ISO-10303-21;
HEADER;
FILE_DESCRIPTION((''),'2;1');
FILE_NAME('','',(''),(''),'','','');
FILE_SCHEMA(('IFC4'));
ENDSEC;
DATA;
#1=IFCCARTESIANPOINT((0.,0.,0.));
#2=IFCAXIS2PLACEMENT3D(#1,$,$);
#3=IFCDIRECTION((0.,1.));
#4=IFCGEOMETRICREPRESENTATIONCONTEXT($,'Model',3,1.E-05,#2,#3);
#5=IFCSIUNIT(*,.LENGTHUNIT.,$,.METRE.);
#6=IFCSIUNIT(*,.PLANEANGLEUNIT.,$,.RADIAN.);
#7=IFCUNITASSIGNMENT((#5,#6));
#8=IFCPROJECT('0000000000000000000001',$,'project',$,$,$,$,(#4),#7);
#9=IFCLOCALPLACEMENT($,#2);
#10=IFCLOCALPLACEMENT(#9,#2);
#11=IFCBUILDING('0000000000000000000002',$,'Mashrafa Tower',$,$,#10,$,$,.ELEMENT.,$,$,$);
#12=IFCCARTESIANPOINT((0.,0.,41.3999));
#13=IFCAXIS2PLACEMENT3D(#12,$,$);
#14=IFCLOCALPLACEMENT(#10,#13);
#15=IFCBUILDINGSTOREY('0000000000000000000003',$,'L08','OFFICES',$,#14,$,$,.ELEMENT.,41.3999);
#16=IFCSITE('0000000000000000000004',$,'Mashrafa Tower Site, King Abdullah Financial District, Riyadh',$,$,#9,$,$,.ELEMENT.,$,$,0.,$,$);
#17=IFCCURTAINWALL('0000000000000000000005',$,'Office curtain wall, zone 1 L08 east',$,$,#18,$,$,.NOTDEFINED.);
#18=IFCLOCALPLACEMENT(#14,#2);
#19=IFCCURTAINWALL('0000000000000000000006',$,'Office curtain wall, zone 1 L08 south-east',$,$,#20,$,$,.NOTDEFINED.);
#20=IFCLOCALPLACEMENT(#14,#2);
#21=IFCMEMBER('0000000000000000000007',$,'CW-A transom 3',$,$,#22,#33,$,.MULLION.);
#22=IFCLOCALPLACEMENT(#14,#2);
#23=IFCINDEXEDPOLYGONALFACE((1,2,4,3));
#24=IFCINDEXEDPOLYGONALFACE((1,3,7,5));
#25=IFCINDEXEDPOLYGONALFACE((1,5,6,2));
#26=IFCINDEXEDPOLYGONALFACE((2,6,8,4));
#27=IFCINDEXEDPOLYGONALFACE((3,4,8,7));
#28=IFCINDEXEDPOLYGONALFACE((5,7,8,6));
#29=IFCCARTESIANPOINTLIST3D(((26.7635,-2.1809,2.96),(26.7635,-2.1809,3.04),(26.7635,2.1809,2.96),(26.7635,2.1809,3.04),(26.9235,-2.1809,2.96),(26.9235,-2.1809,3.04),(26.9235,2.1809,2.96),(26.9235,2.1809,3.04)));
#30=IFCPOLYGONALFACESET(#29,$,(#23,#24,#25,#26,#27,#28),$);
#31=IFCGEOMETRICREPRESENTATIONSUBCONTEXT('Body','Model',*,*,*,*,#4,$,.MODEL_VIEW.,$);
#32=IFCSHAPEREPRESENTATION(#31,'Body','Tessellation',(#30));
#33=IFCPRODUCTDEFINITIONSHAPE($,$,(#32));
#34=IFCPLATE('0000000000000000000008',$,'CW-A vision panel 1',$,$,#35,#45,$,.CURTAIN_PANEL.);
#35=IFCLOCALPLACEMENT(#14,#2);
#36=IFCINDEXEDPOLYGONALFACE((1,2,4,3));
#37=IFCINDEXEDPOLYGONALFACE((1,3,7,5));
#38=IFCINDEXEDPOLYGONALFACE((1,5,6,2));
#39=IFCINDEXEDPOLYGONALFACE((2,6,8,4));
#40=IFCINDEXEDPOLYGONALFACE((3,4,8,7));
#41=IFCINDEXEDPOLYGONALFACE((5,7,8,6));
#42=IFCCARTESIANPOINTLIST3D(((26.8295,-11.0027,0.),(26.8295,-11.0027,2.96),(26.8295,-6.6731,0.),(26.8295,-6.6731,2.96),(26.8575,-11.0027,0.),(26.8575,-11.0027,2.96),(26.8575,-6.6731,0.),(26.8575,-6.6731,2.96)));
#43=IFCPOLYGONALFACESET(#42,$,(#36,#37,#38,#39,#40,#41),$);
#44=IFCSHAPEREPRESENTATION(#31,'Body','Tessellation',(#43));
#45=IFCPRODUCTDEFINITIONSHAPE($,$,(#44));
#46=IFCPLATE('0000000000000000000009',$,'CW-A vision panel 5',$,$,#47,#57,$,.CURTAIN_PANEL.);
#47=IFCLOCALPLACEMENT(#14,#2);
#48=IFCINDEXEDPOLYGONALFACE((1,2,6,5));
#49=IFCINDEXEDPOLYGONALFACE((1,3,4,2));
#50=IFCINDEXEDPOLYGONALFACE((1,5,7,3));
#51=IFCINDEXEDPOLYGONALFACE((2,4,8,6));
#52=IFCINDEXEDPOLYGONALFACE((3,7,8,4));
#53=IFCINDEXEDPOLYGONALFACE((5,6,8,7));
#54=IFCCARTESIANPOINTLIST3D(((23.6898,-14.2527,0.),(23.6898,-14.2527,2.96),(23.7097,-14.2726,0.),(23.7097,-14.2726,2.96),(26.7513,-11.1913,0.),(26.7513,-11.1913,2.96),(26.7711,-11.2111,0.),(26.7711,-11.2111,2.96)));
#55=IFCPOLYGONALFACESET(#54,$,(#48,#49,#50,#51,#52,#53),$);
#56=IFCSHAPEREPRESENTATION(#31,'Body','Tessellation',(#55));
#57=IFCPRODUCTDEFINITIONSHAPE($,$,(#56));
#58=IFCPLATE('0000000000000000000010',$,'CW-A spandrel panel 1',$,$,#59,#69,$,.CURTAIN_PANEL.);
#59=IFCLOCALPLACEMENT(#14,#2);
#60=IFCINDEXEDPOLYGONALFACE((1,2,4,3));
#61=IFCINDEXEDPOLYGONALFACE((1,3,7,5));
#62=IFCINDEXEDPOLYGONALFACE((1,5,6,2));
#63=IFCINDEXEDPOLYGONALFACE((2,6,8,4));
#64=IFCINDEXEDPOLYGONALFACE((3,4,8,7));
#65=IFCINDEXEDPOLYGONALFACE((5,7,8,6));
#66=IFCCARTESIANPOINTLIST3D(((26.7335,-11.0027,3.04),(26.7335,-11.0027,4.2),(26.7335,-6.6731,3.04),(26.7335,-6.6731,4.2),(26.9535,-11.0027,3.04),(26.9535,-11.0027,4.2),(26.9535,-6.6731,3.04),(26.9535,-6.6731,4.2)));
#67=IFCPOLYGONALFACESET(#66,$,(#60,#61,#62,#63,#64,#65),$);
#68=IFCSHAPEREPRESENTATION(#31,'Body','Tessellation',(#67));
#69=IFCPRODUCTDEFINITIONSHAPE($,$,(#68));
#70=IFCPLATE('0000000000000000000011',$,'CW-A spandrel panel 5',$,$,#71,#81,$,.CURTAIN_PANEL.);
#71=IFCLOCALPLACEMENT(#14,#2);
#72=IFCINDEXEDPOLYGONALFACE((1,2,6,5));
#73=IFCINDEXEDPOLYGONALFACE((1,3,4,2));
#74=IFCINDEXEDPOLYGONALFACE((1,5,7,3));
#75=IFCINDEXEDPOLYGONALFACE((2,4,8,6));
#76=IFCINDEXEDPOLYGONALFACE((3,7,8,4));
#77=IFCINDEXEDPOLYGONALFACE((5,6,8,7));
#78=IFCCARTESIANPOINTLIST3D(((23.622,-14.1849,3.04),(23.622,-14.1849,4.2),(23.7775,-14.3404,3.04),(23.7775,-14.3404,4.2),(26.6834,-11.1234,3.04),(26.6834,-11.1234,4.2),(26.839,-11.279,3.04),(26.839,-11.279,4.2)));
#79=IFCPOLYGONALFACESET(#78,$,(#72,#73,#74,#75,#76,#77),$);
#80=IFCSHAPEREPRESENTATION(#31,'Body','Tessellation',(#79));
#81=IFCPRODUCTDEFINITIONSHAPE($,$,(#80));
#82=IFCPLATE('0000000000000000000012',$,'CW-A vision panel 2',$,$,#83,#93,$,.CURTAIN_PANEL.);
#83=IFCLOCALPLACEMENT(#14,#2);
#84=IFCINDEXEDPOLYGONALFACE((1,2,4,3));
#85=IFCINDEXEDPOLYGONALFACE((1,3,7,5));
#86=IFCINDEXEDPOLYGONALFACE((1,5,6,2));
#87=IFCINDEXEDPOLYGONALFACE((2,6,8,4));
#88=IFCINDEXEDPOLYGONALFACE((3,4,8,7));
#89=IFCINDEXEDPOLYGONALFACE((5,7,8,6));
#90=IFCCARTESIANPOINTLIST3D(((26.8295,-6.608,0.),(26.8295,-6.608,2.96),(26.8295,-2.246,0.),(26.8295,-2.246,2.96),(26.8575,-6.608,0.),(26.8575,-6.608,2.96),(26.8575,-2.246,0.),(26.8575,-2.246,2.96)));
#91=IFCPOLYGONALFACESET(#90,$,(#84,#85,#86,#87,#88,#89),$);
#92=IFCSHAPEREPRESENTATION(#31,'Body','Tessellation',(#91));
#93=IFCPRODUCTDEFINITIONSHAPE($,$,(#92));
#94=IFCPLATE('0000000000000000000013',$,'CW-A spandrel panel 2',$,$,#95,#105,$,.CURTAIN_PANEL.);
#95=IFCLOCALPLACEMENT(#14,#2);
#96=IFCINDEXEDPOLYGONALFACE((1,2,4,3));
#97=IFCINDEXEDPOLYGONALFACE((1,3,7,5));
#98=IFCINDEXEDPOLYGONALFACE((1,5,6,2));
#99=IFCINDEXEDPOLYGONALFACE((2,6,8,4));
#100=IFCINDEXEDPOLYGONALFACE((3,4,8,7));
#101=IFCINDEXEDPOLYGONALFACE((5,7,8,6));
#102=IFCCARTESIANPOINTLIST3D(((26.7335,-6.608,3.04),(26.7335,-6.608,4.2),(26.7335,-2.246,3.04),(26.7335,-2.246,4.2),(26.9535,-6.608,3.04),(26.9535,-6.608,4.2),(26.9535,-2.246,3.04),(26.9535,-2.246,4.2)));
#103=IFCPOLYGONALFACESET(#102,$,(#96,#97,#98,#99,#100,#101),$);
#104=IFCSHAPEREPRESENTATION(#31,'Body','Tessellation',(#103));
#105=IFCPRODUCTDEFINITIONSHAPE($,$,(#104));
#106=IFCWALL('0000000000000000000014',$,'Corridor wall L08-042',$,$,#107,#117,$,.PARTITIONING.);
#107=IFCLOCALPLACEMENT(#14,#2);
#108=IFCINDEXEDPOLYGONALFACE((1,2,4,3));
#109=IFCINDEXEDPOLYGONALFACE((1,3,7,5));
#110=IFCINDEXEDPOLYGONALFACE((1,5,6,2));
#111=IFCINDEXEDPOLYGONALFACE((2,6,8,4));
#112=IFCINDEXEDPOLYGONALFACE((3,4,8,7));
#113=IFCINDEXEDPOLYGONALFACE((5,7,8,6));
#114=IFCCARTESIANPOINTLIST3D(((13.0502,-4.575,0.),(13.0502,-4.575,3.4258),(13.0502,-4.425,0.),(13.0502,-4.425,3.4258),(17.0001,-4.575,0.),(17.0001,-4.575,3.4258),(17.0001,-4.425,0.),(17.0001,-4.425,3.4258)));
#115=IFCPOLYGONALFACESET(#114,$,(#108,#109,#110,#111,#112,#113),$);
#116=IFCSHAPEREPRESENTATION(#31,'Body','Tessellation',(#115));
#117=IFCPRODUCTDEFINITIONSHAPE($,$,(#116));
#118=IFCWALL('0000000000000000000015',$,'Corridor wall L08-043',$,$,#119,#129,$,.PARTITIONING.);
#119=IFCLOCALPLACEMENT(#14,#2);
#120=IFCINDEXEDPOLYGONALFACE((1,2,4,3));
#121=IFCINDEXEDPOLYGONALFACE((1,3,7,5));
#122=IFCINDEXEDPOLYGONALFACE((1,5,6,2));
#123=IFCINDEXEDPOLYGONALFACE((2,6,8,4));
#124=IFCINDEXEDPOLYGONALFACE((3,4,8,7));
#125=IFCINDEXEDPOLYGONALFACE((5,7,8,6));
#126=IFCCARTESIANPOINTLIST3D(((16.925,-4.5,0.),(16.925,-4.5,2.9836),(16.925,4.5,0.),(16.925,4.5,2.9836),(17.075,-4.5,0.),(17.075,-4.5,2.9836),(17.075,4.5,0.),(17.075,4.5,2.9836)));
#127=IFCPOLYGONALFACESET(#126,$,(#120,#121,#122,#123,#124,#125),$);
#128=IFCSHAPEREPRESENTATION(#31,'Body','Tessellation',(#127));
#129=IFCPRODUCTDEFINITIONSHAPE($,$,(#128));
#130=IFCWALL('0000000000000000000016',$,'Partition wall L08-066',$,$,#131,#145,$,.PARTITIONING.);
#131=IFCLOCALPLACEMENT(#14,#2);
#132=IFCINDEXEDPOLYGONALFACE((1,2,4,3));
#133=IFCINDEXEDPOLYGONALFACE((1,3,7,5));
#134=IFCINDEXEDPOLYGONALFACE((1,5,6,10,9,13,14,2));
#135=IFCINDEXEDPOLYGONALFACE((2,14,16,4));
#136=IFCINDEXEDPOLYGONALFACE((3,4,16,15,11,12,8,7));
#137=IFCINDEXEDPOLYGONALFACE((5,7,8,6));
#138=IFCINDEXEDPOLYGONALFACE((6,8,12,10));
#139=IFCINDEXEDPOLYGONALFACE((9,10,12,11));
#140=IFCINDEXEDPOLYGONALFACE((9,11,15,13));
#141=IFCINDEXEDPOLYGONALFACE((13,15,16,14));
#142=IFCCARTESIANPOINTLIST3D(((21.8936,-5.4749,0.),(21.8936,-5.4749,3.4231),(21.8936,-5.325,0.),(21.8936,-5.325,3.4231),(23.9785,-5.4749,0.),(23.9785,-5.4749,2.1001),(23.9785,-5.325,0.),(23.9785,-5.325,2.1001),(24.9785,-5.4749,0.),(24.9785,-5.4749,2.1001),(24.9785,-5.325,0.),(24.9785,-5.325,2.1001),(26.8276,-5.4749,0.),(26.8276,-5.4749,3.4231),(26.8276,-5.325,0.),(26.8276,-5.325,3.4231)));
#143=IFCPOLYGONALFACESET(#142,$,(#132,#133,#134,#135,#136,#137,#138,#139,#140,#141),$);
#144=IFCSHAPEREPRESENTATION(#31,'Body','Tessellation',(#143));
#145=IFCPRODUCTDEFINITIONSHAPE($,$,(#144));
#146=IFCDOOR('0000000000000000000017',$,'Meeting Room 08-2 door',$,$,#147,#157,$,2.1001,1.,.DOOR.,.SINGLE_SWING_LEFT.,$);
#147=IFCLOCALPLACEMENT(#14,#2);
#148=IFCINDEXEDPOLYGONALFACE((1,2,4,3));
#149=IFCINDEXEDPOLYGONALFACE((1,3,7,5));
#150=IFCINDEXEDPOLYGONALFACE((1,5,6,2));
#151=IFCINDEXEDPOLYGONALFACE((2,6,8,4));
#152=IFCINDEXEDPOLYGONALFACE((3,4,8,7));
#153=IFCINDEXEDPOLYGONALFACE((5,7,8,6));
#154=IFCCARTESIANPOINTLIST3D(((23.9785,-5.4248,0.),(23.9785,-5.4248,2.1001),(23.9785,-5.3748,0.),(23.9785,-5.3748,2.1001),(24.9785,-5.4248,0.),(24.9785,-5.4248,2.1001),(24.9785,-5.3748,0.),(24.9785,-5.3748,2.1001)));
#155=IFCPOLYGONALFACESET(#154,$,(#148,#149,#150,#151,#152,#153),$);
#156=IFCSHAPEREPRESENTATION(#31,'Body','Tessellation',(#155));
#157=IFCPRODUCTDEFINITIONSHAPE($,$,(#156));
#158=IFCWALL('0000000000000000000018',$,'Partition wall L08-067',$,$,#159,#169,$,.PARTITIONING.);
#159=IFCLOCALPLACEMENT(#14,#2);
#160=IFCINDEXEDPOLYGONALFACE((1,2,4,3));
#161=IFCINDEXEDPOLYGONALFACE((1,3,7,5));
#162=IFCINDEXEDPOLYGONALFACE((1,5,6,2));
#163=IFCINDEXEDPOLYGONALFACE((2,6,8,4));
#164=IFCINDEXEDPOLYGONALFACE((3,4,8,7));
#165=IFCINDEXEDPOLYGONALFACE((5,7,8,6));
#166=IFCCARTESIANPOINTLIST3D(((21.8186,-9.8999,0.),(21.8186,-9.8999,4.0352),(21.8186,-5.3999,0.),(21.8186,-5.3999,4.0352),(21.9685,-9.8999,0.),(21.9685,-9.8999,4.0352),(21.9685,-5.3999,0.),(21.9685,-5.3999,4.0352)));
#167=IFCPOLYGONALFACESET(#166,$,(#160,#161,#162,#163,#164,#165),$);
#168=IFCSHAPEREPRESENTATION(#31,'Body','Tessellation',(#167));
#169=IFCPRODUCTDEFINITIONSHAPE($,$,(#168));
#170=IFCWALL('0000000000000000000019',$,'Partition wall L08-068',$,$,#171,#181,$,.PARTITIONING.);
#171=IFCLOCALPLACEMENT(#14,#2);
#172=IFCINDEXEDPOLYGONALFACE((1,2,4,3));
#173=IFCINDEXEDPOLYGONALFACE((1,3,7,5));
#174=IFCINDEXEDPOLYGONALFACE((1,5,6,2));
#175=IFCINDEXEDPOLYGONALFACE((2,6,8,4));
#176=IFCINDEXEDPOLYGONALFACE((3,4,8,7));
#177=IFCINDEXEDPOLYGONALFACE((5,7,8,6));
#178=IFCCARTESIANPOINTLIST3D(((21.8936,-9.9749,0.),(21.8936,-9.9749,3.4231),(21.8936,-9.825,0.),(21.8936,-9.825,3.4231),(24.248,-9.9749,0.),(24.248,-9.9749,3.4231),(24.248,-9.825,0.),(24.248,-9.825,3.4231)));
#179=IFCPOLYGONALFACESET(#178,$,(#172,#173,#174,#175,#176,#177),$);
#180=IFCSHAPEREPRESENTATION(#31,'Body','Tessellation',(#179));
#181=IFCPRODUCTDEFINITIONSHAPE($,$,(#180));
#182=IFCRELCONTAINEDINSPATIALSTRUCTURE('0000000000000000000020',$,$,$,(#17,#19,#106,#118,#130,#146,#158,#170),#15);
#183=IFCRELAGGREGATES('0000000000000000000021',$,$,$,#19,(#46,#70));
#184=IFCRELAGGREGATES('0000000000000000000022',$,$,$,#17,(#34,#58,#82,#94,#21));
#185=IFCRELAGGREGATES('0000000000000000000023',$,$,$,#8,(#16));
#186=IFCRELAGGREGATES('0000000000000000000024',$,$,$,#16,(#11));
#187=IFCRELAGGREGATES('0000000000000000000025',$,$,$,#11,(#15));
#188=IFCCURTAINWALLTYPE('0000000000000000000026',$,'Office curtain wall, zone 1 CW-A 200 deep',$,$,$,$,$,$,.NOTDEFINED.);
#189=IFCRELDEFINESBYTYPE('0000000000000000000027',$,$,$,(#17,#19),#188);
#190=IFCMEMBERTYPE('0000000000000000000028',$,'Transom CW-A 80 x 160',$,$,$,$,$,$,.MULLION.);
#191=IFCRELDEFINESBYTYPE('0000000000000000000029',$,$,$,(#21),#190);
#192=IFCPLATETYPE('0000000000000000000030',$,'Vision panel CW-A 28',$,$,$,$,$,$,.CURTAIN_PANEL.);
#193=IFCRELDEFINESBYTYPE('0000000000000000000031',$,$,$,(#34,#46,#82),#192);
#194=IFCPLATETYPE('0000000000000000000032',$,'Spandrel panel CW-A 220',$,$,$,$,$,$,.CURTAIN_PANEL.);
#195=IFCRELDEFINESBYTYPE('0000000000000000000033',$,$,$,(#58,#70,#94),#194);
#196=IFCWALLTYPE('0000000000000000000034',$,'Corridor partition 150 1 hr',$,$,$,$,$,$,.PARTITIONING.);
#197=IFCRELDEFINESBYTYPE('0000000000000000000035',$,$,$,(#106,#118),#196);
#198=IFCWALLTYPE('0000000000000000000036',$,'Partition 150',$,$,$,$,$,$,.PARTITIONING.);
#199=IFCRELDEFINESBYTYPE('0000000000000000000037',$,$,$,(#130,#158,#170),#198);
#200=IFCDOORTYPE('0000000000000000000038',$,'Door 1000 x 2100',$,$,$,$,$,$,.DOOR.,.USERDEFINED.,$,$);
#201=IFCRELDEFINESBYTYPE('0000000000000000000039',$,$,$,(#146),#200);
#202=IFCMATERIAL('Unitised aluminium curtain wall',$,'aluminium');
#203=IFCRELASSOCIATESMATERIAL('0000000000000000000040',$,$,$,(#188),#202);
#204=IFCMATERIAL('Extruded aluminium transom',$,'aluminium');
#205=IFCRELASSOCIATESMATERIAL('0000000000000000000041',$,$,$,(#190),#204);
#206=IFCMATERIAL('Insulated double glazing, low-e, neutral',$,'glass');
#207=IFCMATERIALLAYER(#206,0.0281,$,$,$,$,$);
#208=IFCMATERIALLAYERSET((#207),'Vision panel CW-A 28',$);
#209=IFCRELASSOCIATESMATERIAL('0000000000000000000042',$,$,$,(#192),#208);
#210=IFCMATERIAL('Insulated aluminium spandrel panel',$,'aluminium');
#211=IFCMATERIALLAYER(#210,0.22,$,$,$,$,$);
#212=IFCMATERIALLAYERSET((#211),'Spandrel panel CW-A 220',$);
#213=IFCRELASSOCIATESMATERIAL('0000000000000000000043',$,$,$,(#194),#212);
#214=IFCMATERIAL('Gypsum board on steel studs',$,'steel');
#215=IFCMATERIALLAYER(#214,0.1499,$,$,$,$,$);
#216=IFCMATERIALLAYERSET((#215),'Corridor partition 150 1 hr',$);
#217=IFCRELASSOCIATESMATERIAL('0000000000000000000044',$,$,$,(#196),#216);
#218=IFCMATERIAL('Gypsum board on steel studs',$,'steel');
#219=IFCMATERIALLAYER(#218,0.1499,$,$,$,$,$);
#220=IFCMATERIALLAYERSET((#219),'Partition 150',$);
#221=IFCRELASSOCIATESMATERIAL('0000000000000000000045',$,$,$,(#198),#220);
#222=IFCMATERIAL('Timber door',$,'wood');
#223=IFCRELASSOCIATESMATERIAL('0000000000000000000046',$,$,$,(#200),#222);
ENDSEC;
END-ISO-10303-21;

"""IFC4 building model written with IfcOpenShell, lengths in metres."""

from ifc_helpers import new_model, si_unit, direction, frame, frame_2d, origin, origin_2d, place, context, subcontext, project, spatial, rectangle, extrude, source, transform, mapped, material, layer, layer_set, material_profile, profile_set, type_object, type_shapes, element, fill, aggregate, save


model = new_model("IFC4")

# Units and contexts
model_context = context("Model", 3, precision=1e-05, world=origin(), true_north=direction((0.0, 1.0)))
body_context = subcontext(model_context, "Body", "Model", "MODEL_VIEW")
ifc_project = project(units=[si_unit("LENGTHUNIT", "METRE"), si_unit("PLANEANGLEUNIT", "RADIAN")], contexts=[model_context])

# Site, building, storey
site_placement = place(None, origin())
site = spatial("IfcSite", under=ifc_project, at=site_placement, Name="Mashrafa Tower Site, King Abdullah Financial District, Riyadh", CompositionType="ELEMENT", RefElevation=0.0)
building_placement = place(site_placement, origin())
building = spatial("IfcBuilding", under=site, at=building_placement, Name="Mashrafa Tower", CompositionType="ELEMENT")
storey_placement = place(building_placement, frame((0.0, 0.0, 41.3999)))
storey = spatial("IfcBuildingStorey", under=building, at=storey_placement, Name="L08", Description="OFFICES", CompositionType="ELEMENT", Elevation=41.3999)

# Curtain wall
ifc_material_1 = material(Name="Unitised aluminium curtain wall", Category="aluminium")
curtain_wall_type = type_object("IfcCurtainWallType", Name="Office curtain wall, zone 1 CW-A 200 deep", PredefinedType="NOTDEFINED", material=ifc_material_1)
curtain_wall_1_placement = place(storey_placement, origin())
curtain_wall_1 = element("IfcCurtainWall", 1, at=curtain_wall_1_placement, inside=storey, type_object=curtain_wall_type, Name="Office curtain wall, zone 1 L08 east", PredefinedType="NOTDEFINED")

# Curtain wall
curtain_wall_2_placement = place(storey_placement, origin())
curtain_wall_2 = element("IfcCurtainWall", 2, at=curtain_wall_2_placement, inside=storey, type_object=curtain_wall_type, Name="Office curtain wall, zone 1 L08 south-east", PredefinedType="NOTDEFINED")

# Member
ifc_material_2 = material(Name="Extruded aluminium transom", Category="aluminium")
ifc_material_profile_1 = material_profile(ifc_material_2, rectangle(XDim=0.1599, YDim=0.0801, at=origin_2d()), Name="Transom 80x160")
ifc_profile_set_1 = profile_set([ifc_material_profile_1], Name="Extruded aluminium transom")
member_type_1 = type_object("IfcMemberType", Name="Transom CW-A 80 x 160", PredefinedType="MULLION", material=ifc_profile_set_1)
shared_shape_1 = source(origin(), body_context, "Body", "SweptSolid", [
    extrude(rectangle(XDim=0.1599, YDim=0.0801, at=origin_2d()), origin(), (0.0, 0.0, 1.0), 4.3618),
])
member_1_placement = place(storey_placement, frame((26.8435, -2.1809, 3.0), z_axis=(0.0, 1.0, 0.0), x_axis=(-1.0, 0.0, 0.0)))
member_1 = element("IfcMember", 3, at=member_1_placement, type_object=member_type_1, Name="CW-A transom 3", PredefinedType="MULLION", context=body_context, shape_type="MappedRepresentation", body=[
    mapped(shared_shape_1, transform((0.0, 0.0, 0.0))),
])

# Plates
ifc_material_3 = material(Name="Insulated double glazing, low-e, neutral", Category="glass")
ifc_layer_1 = layer(ifc_material_3, 0.0281)
ifc_layer_set_1 = layer_set([ifc_layer_1], Name="Vision panel CW-A 28")
plate_type_1 = type_object("IfcPlateType", Name="Vision panel CW-A 28", PredefinedType="CURTAIN_PANEL", material=ifc_layer_set_1)
shared_shape_2 = source(origin(), body_context, "Body", "SweptSolid", [
    extrude(rectangle(XDim=4.3296, YDim=0.0281, at=origin_2d()), origin(), (0.0, 0.0, 1.0), 2.96),
])
plate_1_placement = place(storey_placement, frame((26.8435, -8.8379, 0.0), z_axis=(0.0, 0.0, 1.0), x_axis=(0.0, 1.0, 0.0)))
plate_1 = element("IfcPlate", 4, at=plate_1_placement, type_object=plate_type_1, Name="CW-A vision panel 1", PredefinedType="CURTAIN_PANEL", context=body_context, shape_type="MappedRepresentation", body=[
    mapped(shared_shape_2, transform((0.0, 0.0, 0.0))),
])
plate_2_placement = place(storey_placement, frame((25.2305, -12.7319, 0.0), z_axis=(0.0, 0.0, 1.0), x_axis=(0.707107, 0.707107, 0.0)))
plate_2 = element("IfcPlate", 5, at=plate_2_placement, type_object=plate_type_1, Name="CW-A vision panel 5", PredefinedType="CURTAIN_PANEL", context=body_context, shape_type="MappedRepresentation", body=[
    mapped(shared_shape_2, transform((0.0, 0.0, 0.0))),
])
ifc_material_4 = material(Name="Insulated aluminium spandrel panel", Category="aluminium")
ifc_layer_2 = layer(ifc_material_4, 0.22)
ifc_layer_set_2 = layer_set([ifc_layer_2], Name="Spandrel panel CW-A 220")
plate_type_2 = type_object("IfcPlateType", Name="Spandrel panel CW-A 220", PredefinedType="CURTAIN_PANEL", material=ifc_layer_set_2)
shared_shape_3 = source(origin(), body_context, "Body", "SweptSolid", [
    extrude(rectangle(XDim=4.3296, YDim=0.22, at=origin_2d()), origin(), (0.0, 0.0, 1.0), 1.1599),
])
plate_3_placement = place(storey_placement, frame((26.8435, -8.8379, 3.04), z_axis=(0.0, 0.0, 1.0), x_axis=(0.0, 1.0, 0.0)))
plate_3 = element("IfcPlate", 6, at=plate_3_placement, type_object=plate_type_2, Name="CW-A spandrel panel 1", PredefinedType="CURTAIN_PANEL", context=body_context, shape_type="MappedRepresentation", body=[
    mapped(shared_shape_3, transform((0.0, 0.0, 0.0))),
])
plate_4_placement = place(storey_placement, frame((25.2305, -12.7319, 3.04), z_axis=(0.0, 0.0, 1.0), x_axis=(0.707107, 0.707107, 0.0)))
plate_4 = element("IfcPlate", 7, at=plate_4_placement, type_object=plate_type_2, Name="CW-A spandrel panel 5", PredefinedType="CURTAIN_PANEL", context=body_context, shape_type="MappedRepresentation", body=[
    mapped(shared_shape_3, transform((0.0, 0.0, 0.0))),
])
aggregate(curtain_wall_2, [plate_2, plate_4])
shared_shape_4 = source(origin(), body_context, "Body", "SweptSolid", [
    extrude(rectangle(XDim=4.3621, YDim=0.0281, at=origin_2d()), origin(), (0.0, 0.0, 1.0), 2.96),
])
type_shapes(plate_type_1, [shared_shape_2, shared_shape_4])
plate_5_placement = place(storey_placement, frame((26.8435, -4.427, 0.0), z_axis=(0.0, 0.0, 1.0), x_axis=(0.0, 1.0, 0.0)))
plate_5 = element("IfcPlate", 8, at=plate_5_placement, type_object=plate_type_1, Name="CW-A vision panel 2", PredefinedType="CURTAIN_PANEL", context=body_context, shape_type="MappedRepresentation", body=[
    mapped(shared_shape_4, transform((0.0, 0.0, 0.0))),
])
shared_shape_5 = source(origin(), body_context, "Body", "SweptSolid", [
    extrude(rectangle(XDim=4.3621, YDim=0.22, at=origin_2d()), origin(), (0.0, 0.0, 1.0), 1.1599),
])
type_shapes(plate_type_2, [shared_shape_3, shared_shape_5])
plate_6_placement = place(storey_placement, frame((26.8435, -4.427, 3.04), z_axis=(0.0, 0.0, 1.0), x_axis=(0.0, 1.0, 0.0)))
plate_6 = element("IfcPlate", 9, at=plate_6_placement, type_object=plate_type_2, Name="CW-A spandrel panel 2", PredefinedType="CURTAIN_PANEL", context=body_context, shape_type="MappedRepresentation", body=[
    mapped(shared_shape_5, transform((0.0, 0.0, 0.0))),
])
aggregate(curtain_wall_1, [plate_1, plate_3, plate_5, plate_6, member_1])

# Shared definitions
ifc_material_5 = material(Name="Gypsum board on steel studs", Category="steel")
ifc_layer_3 = layer(ifc_material_5, 0.1499)
ifc_layer_set_3 = layer_set([ifc_layer_3], Name="Corridor partition 150 1 hr")
wall_type_1 = type_object("IfcWallType", Name="Corridor partition 150 1 hr", PredefinedType="PARTITIONING", material=ifc_layer_set_3)

# Walls
wall_1_placement = place(storey_placement, frame((13.05, -4.5, 0.0), z_axis=(0.0, 0.0, 1.0), x_axis=(1.0, 0.0, 0.0)))
element("IfcWall", 10, at=wall_1_placement, inside=storey, type_object=wall_type_1, Name="Corridor wall L08-042", PredefinedType="PARTITIONING", context=body_context, shape_type="SweptSolid", body=[
    extrude(rectangle(XDim=3.95, YDim=0.1499, at=frame_2d((1.9751, 0.0))), origin(), (0.0, 0.0, 1.0), 3.4258),
])
wall_2_placement = place(storey_placement, frame((17.0, -4.5, 0.0), z_axis=(0.0, 0.0, 1.0), x_axis=(0.0, 1.0, 0.0)))
element("IfcWall", 11, at=wall_2_placement, inside=storey, type_object=wall_type_1, Name="Corridor wall L08-043", PredefinedType="PARTITIONING", context=body_context, shape_type="SweptSolid", body=[
    extrude(rectangle(XDim=9.0, YDim=0.1499, at=frame_2d((4.5, 0.0))), origin(), (0.0, 0.0, 1.0), 2.9836),
])

# Wall, opening, door
ifc_material_6 = material(Name="Gypsum board on steel studs", Category="steel")
ifc_layer_4 = layer(ifc_material_6, 0.1499)
ifc_layer_set_4 = layer_set([ifc_layer_4], Name="Partition 150")
wall_type_2 = type_object("IfcWallType", Name="Partition 150", PredefinedType="PARTITIONING", material=ifc_layer_set_4)
wall_3_placement = place(storey_placement, frame((26.8276, -5.3999, 0.0), z_axis=(0.0, 0.0, 1.0), x_axis=(-1.0, 0.0, 0.0)))
wall_3 = element("IfcWall", 12, at=wall_3_placement, inside=storey, type_object=wall_type_2, Name="Partition wall L08-066", PredefinedType="PARTITIONING", context=body_context, shape_type="SweptSolid", body=[
    extrude(rectangle(XDim=4.9341, YDim=0.1499, at=frame_2d((2.467, 0.0))), origin(), (0.0, 0.0, 1.0), 3.4231),
])
opening_1_placement = place(wall_3_placement, frame((1.8491, 0.0, 0.0)))
opening_1 = element("IfcOpeningElement", 13, at=opening_1_placement, cuts=wall_3, PredefinedType="OPENING", context=body_context, shape_type="SweptSolid", body=[
    extrude(rectangle(XDim=1.0, YDim=2.1001, at=frame_2d((0.5, 1.05))), frame((0.0, 0.085, 0.0), z_axis=(0.0, -1.0, 0.0), x_axis=(1.0, 0.0, 0.0)), (0.0, 0.0, 1.0), 0.1699),
])
ifc_material_7 = material(Name="Timber door", Category="wood")
door_type_1 = type_object("IfcDoorType", Name="Door 1000 x 2100", OperationType="USERDEFINED", PredefinedType="DOOR", material=ifc_material_7)
door_1_placement = place(opening_1_placement, origin())
door_1 = element("IfcDoor", 14, at=door_1_placement, inside=storey, type_object=door_type_1, Name="Meeting Room 08-2 door", OperationType="SINGLE_SWING_LEFT", OverallHeight=2.1001, OverallWidth=1.0, PredefinedType="DOOR", context=body_context, shape_type="SweptSolid", body=[
    extrude(rectangle(XDim=1.0, YDim=2.1001, at=frame_2d((0.5, 1.05))), frame((0.0, 0.0249, 0.0), z_axis=(0.0, -1.0, 0.0), x_axis=(1.0, 0.0, 0.0)), (0.0, 0.0, 1.0), 0.05),
])
fill(opening_1, door_1)

# Walls
wall_4_placement = place(storey_placement, frame((21.8936, -5.3999, 0.0), z_axis=(0.0, 0.0, 1.0), x_axis=(0.0, -1.0, 0.0)))
element("IfcWall", 15, at=wall_4_placement, inside=storey, type_object=wall_type_2, Name="Partition wall L08-067", PredefinedType="PARTITIONING", context=body_context, shape_type="SweptSolid", body=[
    extrude(rectangle(XDim=4.5, YDim=0.1499, at=frame_2d((2.25, 0.0))), origin(), (0.0, 0.0, 1.0), 4.0352),
])
wall_5_placement = place(storey_placement, frame((21.8936, -9.8999, 0.0), z_axis=(0.0, 0.0, 1.0), x_axis=(1.0, 0.0, 0.0)))
element("IfcWall", 16, at=wall_5_placement, inside=storey, type_object=wall_type_2, Name="Partition wall L08-068", PredefinedType="PARTITIONING", context=body_context, shape_type="SweptSolid", body=[
    extrude(rectangle(XDim=2.3545, YDim=0.1499, at=frame_2d((1.1772, 0.0))), origin(), (0.0, 0.0, 1.0), 3.4231),
])

save(model, "model.ifc")
